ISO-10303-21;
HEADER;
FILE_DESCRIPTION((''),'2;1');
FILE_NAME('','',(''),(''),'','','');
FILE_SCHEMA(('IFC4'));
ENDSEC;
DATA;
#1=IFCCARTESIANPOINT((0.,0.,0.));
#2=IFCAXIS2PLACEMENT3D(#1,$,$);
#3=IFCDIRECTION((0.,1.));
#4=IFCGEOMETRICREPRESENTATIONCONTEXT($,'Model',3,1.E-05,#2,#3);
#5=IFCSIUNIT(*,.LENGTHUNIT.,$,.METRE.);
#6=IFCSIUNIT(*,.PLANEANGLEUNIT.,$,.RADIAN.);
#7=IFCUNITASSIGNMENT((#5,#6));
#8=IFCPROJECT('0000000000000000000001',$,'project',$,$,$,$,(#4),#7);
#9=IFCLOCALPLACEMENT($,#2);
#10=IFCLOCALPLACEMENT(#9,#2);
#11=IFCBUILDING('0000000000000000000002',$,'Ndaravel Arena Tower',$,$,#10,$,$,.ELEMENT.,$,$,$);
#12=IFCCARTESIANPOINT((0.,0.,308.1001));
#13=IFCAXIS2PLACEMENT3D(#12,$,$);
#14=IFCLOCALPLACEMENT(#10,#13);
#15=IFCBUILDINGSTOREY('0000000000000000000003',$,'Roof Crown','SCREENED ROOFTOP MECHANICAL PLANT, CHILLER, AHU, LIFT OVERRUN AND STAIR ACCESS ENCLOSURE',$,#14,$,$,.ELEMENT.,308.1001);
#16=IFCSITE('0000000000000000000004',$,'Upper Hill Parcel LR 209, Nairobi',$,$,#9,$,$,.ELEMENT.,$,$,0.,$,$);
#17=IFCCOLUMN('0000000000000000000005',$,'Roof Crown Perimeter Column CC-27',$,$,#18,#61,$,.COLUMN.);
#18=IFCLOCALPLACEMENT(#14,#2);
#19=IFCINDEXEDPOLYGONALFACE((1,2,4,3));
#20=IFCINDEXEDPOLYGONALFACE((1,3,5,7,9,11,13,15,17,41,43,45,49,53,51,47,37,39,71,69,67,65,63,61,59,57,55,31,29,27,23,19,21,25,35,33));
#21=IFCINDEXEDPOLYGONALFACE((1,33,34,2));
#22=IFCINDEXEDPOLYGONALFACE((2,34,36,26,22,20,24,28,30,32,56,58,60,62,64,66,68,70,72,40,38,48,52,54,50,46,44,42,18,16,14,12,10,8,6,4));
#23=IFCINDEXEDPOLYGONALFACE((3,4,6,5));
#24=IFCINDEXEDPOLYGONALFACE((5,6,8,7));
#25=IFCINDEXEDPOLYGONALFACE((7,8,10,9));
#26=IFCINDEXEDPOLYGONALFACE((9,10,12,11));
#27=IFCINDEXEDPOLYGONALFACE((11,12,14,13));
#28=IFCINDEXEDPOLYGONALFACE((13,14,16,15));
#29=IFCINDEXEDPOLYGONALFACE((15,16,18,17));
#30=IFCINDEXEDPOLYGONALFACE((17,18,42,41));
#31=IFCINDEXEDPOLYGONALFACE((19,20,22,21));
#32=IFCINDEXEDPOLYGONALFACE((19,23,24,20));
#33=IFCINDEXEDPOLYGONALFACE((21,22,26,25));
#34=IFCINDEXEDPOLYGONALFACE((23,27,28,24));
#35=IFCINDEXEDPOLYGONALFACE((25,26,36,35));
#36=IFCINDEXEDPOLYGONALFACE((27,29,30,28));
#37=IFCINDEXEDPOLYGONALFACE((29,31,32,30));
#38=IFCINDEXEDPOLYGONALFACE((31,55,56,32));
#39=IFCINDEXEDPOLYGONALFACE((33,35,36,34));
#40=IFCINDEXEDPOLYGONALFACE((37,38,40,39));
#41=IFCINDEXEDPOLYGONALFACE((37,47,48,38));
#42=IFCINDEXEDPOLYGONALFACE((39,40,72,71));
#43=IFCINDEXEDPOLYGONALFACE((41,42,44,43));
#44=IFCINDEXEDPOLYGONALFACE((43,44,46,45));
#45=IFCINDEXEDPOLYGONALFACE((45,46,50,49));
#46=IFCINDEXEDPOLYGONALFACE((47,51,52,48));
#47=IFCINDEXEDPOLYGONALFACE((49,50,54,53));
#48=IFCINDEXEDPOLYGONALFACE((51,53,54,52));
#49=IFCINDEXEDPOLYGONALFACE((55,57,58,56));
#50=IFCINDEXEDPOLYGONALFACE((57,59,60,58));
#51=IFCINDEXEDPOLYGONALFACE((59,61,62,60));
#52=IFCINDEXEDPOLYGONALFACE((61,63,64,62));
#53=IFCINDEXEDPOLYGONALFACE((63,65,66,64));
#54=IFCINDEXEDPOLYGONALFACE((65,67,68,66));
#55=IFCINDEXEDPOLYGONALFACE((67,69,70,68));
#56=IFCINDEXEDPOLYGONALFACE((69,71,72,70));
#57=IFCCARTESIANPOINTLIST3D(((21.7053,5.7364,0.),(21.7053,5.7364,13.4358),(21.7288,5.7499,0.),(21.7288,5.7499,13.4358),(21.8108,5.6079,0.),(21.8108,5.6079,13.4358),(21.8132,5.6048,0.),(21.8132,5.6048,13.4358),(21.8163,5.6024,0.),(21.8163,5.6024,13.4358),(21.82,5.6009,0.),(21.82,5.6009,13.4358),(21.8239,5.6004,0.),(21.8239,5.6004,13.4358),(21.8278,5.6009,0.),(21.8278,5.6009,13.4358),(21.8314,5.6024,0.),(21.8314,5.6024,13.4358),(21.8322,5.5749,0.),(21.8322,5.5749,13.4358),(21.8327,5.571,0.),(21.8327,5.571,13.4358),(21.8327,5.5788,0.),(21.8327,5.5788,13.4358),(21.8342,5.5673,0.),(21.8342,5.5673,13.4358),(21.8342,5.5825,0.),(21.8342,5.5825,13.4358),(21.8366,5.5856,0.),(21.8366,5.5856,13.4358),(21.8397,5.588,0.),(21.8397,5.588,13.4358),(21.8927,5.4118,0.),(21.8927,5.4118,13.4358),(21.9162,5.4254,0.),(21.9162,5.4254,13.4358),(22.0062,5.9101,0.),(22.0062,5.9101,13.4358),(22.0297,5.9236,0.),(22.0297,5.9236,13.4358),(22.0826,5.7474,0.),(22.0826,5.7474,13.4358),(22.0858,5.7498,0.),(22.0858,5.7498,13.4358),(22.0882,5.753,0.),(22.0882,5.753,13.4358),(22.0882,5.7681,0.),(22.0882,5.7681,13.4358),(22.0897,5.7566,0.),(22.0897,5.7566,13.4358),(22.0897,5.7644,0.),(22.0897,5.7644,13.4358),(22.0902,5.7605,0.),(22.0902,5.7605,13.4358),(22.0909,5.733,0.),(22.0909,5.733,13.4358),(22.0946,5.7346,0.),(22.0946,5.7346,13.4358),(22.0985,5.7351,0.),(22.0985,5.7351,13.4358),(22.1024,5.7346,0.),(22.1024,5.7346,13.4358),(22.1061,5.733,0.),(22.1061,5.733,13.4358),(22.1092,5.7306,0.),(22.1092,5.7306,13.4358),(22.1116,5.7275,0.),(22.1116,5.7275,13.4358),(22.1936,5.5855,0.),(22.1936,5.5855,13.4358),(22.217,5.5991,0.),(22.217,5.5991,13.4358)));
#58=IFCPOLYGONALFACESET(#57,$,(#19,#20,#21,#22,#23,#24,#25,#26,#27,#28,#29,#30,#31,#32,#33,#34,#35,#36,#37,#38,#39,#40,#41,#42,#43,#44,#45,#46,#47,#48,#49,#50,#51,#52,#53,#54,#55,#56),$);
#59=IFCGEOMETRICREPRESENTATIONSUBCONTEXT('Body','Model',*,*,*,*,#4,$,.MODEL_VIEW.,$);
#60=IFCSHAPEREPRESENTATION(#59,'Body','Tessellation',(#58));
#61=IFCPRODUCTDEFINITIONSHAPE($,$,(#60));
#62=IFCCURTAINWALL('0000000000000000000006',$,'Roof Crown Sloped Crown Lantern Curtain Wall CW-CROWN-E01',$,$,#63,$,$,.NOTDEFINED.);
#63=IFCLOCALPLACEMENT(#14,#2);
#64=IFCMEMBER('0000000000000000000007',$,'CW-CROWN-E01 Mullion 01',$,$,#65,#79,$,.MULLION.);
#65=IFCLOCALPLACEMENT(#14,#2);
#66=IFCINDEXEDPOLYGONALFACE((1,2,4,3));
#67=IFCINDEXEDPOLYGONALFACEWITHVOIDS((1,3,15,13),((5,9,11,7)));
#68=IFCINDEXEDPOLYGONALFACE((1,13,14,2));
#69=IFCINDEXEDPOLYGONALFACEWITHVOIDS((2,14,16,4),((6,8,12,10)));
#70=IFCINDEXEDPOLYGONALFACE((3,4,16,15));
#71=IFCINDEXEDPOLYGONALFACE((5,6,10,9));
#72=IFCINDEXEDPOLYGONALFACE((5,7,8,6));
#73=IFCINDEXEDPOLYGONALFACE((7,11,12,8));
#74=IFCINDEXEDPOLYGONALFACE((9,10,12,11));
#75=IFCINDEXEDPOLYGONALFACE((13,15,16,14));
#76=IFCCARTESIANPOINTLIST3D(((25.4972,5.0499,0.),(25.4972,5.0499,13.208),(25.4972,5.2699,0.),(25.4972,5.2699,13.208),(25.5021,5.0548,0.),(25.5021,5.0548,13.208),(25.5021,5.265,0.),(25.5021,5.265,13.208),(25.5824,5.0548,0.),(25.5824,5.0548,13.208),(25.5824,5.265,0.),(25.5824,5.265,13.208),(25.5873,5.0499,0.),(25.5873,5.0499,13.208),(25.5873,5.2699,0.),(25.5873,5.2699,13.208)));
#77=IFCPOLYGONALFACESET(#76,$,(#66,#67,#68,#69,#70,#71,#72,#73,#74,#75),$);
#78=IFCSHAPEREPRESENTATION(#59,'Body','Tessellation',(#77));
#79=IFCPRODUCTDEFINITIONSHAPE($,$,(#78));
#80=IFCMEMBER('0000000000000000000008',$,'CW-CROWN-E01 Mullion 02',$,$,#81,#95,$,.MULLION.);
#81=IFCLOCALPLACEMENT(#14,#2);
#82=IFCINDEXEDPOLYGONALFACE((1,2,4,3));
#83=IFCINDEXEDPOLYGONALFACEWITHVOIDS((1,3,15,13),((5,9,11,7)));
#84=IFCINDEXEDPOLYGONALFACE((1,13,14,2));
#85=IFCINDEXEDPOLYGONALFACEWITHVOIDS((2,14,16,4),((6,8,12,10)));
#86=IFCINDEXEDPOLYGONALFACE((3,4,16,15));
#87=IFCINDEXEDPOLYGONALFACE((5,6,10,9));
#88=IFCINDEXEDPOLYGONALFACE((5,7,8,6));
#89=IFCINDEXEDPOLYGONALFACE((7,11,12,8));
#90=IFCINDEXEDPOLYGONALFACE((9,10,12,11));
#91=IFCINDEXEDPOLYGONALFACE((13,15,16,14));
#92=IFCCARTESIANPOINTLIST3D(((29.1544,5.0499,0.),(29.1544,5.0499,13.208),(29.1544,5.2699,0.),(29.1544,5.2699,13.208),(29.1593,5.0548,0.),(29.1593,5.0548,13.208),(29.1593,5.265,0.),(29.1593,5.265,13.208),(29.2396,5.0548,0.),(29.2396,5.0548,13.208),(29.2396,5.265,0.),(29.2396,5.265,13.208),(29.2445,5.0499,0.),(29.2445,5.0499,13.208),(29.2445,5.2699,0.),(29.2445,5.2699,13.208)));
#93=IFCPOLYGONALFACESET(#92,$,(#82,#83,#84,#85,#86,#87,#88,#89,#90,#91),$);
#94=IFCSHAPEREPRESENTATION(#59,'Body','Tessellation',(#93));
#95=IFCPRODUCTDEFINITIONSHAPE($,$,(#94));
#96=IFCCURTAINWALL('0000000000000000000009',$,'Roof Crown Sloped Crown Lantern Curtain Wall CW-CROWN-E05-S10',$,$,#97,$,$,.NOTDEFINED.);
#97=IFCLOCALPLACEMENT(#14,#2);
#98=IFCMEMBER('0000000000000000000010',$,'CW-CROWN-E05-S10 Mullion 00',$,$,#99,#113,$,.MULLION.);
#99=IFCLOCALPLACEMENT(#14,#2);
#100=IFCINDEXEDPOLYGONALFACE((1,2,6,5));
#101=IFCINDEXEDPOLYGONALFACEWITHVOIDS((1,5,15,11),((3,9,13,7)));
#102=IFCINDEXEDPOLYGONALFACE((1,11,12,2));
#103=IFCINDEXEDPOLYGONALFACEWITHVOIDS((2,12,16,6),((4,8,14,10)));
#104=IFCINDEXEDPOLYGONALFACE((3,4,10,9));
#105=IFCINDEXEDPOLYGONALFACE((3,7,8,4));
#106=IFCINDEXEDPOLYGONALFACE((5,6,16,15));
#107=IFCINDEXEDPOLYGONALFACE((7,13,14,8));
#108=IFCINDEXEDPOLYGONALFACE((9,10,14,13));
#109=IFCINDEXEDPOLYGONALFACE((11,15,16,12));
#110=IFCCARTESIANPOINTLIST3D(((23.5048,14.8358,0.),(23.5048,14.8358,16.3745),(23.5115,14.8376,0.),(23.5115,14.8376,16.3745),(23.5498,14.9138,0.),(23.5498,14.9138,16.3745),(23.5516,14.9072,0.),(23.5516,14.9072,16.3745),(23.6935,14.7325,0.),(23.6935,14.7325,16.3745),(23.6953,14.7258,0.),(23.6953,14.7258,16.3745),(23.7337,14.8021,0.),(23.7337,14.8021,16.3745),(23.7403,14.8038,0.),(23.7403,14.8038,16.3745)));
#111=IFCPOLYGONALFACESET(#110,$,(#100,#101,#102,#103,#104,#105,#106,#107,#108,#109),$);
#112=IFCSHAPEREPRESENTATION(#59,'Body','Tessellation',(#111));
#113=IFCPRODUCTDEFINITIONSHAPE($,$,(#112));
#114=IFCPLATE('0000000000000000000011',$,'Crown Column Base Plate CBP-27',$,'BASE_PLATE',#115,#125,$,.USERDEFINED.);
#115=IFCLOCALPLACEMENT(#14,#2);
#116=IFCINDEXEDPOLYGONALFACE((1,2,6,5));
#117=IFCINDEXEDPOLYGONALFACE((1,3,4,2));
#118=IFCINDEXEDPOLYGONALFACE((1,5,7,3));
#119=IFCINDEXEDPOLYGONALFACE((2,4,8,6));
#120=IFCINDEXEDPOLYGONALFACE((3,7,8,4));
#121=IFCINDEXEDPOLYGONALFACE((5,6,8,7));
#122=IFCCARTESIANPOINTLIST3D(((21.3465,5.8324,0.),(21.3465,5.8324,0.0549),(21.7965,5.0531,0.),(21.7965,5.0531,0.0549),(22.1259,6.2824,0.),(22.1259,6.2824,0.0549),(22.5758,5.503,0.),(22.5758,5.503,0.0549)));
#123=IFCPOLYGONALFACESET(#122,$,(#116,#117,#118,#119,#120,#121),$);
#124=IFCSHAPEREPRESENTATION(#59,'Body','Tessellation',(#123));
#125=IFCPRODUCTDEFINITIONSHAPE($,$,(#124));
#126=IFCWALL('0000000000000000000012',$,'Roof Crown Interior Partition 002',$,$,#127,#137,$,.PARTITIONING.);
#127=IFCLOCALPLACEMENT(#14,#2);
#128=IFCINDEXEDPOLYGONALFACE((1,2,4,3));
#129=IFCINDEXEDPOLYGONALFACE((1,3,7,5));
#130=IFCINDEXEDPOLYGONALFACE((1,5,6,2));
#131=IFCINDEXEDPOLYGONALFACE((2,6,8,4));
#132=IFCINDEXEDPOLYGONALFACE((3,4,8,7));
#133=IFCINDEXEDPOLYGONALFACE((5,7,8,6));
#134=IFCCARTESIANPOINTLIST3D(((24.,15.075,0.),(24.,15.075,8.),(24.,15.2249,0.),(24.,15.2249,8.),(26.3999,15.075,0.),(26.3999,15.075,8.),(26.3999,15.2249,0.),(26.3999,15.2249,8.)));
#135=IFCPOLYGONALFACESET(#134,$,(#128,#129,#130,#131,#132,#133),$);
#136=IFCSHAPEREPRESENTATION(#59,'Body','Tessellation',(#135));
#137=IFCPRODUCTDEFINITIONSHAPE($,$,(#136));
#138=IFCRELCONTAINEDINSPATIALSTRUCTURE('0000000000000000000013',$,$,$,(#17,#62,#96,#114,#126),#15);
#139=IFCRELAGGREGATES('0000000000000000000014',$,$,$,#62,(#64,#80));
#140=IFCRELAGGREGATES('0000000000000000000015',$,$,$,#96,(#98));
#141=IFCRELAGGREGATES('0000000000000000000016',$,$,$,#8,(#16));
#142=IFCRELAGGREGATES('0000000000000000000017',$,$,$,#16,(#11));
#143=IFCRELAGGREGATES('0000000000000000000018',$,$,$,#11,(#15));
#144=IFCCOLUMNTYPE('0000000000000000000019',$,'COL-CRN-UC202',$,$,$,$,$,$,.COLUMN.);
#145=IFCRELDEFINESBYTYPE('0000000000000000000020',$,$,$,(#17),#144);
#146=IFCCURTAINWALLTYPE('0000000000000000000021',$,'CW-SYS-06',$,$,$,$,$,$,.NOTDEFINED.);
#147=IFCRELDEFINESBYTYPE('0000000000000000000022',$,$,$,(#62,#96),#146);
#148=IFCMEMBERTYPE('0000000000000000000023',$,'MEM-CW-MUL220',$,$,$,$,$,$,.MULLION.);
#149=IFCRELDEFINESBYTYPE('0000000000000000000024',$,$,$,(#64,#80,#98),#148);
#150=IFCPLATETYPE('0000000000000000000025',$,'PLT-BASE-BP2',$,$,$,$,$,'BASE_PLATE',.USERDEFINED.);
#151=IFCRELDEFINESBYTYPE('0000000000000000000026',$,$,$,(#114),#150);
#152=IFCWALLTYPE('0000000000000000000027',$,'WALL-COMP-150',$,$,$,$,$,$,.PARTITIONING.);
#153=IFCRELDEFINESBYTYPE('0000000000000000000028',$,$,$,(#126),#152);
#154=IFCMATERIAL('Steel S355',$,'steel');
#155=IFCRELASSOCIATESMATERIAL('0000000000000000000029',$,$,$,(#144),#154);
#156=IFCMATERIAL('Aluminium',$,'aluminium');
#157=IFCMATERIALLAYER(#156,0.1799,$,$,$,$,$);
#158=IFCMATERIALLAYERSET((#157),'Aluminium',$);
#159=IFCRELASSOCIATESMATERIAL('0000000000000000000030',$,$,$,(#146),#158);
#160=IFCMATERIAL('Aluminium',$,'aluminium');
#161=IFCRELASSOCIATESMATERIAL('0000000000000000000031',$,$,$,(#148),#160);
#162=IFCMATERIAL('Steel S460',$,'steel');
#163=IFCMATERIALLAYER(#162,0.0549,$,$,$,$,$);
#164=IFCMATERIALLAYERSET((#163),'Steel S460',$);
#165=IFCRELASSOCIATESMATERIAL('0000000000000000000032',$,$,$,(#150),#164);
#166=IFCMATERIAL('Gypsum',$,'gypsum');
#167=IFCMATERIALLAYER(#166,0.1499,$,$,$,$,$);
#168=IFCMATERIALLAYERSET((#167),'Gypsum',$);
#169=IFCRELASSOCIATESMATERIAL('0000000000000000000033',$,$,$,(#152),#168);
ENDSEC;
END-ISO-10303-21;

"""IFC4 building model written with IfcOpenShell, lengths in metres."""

from ifc_helpers import new_model, si_unit, direction, frame, frame_2d, origin, origin_2d, place, context, subcontext, project, spatial, rectangle, hollow_rectangle, i_section, extrude, material, layer, layer_set, material_profile, profile_set, type_object, element, aggregate, save


model = new_model("IFC4")

# Units and contexts
model_context = context("Model", 3, precision=1e-05, world=origin(), true_north=direction((0.0, 1.0)))
body_context = subcontext(model_context, "Body", "Model", "MODEL_VIEW")
ifc_project = project(units=[si_unit("LENGTHUNIT", "METRE"), si_unit("PLANEANGLEUNIT", "RADIAN")], contexts=[model_context])

# Site, building, storey
site_placement = place(None, origin())
site = spatial("IfcSite", under=ifc_project, at=site_placement, Name="Upper Hill Parcel LR 209, Nairobi", CompositionType="ELEMENT", RefElevation=0.0)
building_placement = place(site_placement, origin())
building = spatial("IfcBuilding", under=site, at=building_placement, Name="Ndaravel Arena Tower", CompositionType="ELEMENT")
storey_placement = place(building_placement, frame((0.0, 0.0, 308.1001)))
storey = spatial("IfcBuildingStorey", under=building, at=storey_placement, Name="Roof Crown", Description="SCREENED ROOFTOP MECHANICAL PLANT, CHILLER, AHU, LIFT OVERRUN AND STAIR ACCESS ENCLOSURE", CompositionType="ELEMENT", Elevation=308.1001)

# Column
ifc_material_1 = material(Name="Steel S355", Category="steel")
ifc_material_profile_1 = material_profile(ifc_material_1, i_section(OverallWidth=0.3748, OverallDepth=0.3745, WebThickness=0.0166, FlangeThickness=0.0271, FilletRadius=0.0151, at=origin_2d()), Name="UC 356x368x202")
ifc_profile_set_1 = profile_set([ifc_material_profile_1], Name="Steel S355")
column_type = type_object("IfcColumnType", Name="COL-CRN-UC202", PredefinedType="COLUMN", material=ifc_profile_set_1)
column_placement = place(storey_placement, frame((21.9612, 5.6677, 0.0), z_axis=(0.0, 0.0, 1.0), x_axis=(-0.5, 0.866025, 0.0)))
element("IfcColumn", 1, at=column_placement, inside=storey, type_object=column_type, Name="Roof Crown Perimeter Column CC-27", PredefinedType="COLUMN", context=body_context, shape_type="SweptSolid", body=[
    extrude(i_section(OverallWidth=0.3748, OverallDepth=0.3745, WebThickness=0.0166, FlangeThickness=0.0271, FilletRadius=0.0151, at=origin_2d()), origin(), (0.0, 0.0, 1.0), 13.4358),
])

# Curtain wall, members
ifc_material_2 = material(Name="Aluminium", Category="aluminium")
ifc_layer_1 = layer(ifc_material_2, 0.1799)
ifc_layer_set_1 = layer_set([ifc_layer_1], Name="Aluminium")
curtain_wall_type = type_object("IfcCurtainWallType", Name="CW-SYS-06", PredefinedType="NOTDEFINED", material=ifc_layer_set_1)
curtain_wall_1_placement = place(storey_placement, origin())
curtain_wall_1 = element("IfcCurtainWall", 2, at=curtain_wall_1_placement, inside=storey, type_object=curtain_wall_type, Name="Roof Crown Sloped Crown Lantern Curtain Wall CW-CROWN-E01", PredefinedType="NOTDEFINED")
ifc_material_3 = material(Name="Aluminium", Category="aluminium")
ifc_material_profile_2 = material_profile(ifc_material_3, hollow_rectangle(XDim=0.0901, YDim=0.22, WallThickness=0.0049, at=origin_2d()), Name="CW MULLION 90x220x5")
ifc_profile_set_2 = profile_set([ifc_material_profile_2], Name="Aluminium")
member_type = type_object("IfcMemberType", Name="MEM-CW-MUL220", PredefinedType="MULLION", material=ifc_profile_set_2)
member_1_placement = place(storey_placement, frame((25.5422, 5.1599, 0.0), z_axis=(0.0, 0.0, 1.0), x_axis=(1.0, 0.0, 0.0)))
member_1 = element("IfcMember", 3, at=member_1_placement, type_object=member_type, Name="CW-CROWN-E01 Mullion 01", PredefinedType="MULLION", context=body_context, shape_type="SweptSolid", body=[
    extrude(hollow_rectangle(XDim=0.0901, YDim=0.22, WallThickness=0.0049, at=origin_2d()), origin(), (0.0, 0.0, 1.0), 13.208),
])
member_2_placement = place(storey_placement, frame((29.1995, 5.1599, 0.0), z_axis=(0.0, 0.0, 1.0), x_axis=(1.0, 0.0, 0.0)))
member_2 = element("IfcMember", 4, at=member_2_placement, type_object=member_type, Name="CW-CROWN-E01 Mullion 02", PredefinedType="MULLION", context=body_context, shape_type="SweptSolid", body=[
    extrude(hollow_rectangle(XDim=0.0901, YDim=0.22, WallThickness=0.0049, at=origin_2d()), origin(), (0.0, 0.0, 1.0), 13.208),
])
aggregate(curtain_wall_1, [member_1, member_2])

# Curtain wall, member
curtain_wall_2_placement = place(storey_placement, origin())
curtain_wall_2 = element("IfcCurtainWall", 5, at=curtain_wall_2_placement, inside=storey, type_object=curtain_wall_type, Name="Roof Crown Sloped Crown Lantern Curtain Wall CW-CROWN-E05-S10", PredefinedType="NOTDEFINED")
member_3_placement = place(storey_placement, frame((23.6226, 14.8198, 0.0), z_axis=(0.0, 0.0, 1.0), x_axis=(-0.500015, -0.866017, 0.0)))
member_3 = element("IfcMember", 6, at=member_3_placement, type_object=member_type, Name="CW-CROWN-E05-S10 Mullion 00", PredefinedType="MULLION", context=body_context, shape_type="SweptSolid", body=[
    extrude(hollow_rectangle(XDim=0.0901, YDim=0.22, WallThickness=0.0049, at=origin_2d()), origin(), (0.0, 0.0, 1.0), 16.3745),
])
aggregate(curtain_wall_2, [member_3])

# Plate
ifc_material_4 = material(Name="Steel S460", Category="steel")
ifc_layer_2 = layer(ifc_material_4, 0.0549)
ifc_layer_set_2 = layer_set([ifc_layer_2], Name="Steel S460")
plate_type = type_object("IfcPlateType", Name="PLT-BASE-BP2", ElementType="BASE_PLATE", PredefinedType="USERDEFINED", material=ifc_layer_set_2)
plate_placement = place(storey_placement, frame((21.9612, 5.6677, 0.0), z_axis=(0.0, 0.0, 1.0), x_axis=(-0.5, 0.866025, 0.0)))
element("IfcPlate", 7, at=plate_placement, inside=storey, type_object=plate_type, Name="Crown Column Base Plate CBP-27", ObjectType="BASE_PLATE", PredefinedType="USERDEFINED", context=body_context, shape_type="SweptSolid", body=[
    extrude(rectangle(XDim=0.8999, YDim=0.8999, at=origin_2d()), origin(), (0.0, 0.0, 1.0), 0.0549),
])

# Wall
ifc_material_5 = material(Name="Gypsum", Category="gypsum")
ifc_layer_3 = layer(ifc_material_5, 0.1499)
ifc_layer_set_3 = layer_set([ifc_layer_3], Name="Gypsum")
wall_type_1 = type_object("IfcWallType", Name="WALL-COMP-150", PredefinedType="PARTITIONING", material=ifc_layer_set_3)
wall_1_placement = place(storey_placement, frame((26.3999, 15.1499, 0.0), z_axis=(0.0, 0.0, 1.0), x_axis=(-1.0, 0.0, 0.0)))
element("IfcWall", 8, at=wall_1_placement, inside=storey, type_object=wall_type_1, Name="Roof Crown Interior Partition 002", PredefinedType="PARTITIONING", context=body_context, shape_type="SweptSolid", body=[
    extrude(rectangle(XDim=2.3999, YDim=0.1499, at=frame_2d((1.2, 0.0))), origin(), (0.0, 0.0, 1.0), 8.0),
])

save(model, "model.ifc")
